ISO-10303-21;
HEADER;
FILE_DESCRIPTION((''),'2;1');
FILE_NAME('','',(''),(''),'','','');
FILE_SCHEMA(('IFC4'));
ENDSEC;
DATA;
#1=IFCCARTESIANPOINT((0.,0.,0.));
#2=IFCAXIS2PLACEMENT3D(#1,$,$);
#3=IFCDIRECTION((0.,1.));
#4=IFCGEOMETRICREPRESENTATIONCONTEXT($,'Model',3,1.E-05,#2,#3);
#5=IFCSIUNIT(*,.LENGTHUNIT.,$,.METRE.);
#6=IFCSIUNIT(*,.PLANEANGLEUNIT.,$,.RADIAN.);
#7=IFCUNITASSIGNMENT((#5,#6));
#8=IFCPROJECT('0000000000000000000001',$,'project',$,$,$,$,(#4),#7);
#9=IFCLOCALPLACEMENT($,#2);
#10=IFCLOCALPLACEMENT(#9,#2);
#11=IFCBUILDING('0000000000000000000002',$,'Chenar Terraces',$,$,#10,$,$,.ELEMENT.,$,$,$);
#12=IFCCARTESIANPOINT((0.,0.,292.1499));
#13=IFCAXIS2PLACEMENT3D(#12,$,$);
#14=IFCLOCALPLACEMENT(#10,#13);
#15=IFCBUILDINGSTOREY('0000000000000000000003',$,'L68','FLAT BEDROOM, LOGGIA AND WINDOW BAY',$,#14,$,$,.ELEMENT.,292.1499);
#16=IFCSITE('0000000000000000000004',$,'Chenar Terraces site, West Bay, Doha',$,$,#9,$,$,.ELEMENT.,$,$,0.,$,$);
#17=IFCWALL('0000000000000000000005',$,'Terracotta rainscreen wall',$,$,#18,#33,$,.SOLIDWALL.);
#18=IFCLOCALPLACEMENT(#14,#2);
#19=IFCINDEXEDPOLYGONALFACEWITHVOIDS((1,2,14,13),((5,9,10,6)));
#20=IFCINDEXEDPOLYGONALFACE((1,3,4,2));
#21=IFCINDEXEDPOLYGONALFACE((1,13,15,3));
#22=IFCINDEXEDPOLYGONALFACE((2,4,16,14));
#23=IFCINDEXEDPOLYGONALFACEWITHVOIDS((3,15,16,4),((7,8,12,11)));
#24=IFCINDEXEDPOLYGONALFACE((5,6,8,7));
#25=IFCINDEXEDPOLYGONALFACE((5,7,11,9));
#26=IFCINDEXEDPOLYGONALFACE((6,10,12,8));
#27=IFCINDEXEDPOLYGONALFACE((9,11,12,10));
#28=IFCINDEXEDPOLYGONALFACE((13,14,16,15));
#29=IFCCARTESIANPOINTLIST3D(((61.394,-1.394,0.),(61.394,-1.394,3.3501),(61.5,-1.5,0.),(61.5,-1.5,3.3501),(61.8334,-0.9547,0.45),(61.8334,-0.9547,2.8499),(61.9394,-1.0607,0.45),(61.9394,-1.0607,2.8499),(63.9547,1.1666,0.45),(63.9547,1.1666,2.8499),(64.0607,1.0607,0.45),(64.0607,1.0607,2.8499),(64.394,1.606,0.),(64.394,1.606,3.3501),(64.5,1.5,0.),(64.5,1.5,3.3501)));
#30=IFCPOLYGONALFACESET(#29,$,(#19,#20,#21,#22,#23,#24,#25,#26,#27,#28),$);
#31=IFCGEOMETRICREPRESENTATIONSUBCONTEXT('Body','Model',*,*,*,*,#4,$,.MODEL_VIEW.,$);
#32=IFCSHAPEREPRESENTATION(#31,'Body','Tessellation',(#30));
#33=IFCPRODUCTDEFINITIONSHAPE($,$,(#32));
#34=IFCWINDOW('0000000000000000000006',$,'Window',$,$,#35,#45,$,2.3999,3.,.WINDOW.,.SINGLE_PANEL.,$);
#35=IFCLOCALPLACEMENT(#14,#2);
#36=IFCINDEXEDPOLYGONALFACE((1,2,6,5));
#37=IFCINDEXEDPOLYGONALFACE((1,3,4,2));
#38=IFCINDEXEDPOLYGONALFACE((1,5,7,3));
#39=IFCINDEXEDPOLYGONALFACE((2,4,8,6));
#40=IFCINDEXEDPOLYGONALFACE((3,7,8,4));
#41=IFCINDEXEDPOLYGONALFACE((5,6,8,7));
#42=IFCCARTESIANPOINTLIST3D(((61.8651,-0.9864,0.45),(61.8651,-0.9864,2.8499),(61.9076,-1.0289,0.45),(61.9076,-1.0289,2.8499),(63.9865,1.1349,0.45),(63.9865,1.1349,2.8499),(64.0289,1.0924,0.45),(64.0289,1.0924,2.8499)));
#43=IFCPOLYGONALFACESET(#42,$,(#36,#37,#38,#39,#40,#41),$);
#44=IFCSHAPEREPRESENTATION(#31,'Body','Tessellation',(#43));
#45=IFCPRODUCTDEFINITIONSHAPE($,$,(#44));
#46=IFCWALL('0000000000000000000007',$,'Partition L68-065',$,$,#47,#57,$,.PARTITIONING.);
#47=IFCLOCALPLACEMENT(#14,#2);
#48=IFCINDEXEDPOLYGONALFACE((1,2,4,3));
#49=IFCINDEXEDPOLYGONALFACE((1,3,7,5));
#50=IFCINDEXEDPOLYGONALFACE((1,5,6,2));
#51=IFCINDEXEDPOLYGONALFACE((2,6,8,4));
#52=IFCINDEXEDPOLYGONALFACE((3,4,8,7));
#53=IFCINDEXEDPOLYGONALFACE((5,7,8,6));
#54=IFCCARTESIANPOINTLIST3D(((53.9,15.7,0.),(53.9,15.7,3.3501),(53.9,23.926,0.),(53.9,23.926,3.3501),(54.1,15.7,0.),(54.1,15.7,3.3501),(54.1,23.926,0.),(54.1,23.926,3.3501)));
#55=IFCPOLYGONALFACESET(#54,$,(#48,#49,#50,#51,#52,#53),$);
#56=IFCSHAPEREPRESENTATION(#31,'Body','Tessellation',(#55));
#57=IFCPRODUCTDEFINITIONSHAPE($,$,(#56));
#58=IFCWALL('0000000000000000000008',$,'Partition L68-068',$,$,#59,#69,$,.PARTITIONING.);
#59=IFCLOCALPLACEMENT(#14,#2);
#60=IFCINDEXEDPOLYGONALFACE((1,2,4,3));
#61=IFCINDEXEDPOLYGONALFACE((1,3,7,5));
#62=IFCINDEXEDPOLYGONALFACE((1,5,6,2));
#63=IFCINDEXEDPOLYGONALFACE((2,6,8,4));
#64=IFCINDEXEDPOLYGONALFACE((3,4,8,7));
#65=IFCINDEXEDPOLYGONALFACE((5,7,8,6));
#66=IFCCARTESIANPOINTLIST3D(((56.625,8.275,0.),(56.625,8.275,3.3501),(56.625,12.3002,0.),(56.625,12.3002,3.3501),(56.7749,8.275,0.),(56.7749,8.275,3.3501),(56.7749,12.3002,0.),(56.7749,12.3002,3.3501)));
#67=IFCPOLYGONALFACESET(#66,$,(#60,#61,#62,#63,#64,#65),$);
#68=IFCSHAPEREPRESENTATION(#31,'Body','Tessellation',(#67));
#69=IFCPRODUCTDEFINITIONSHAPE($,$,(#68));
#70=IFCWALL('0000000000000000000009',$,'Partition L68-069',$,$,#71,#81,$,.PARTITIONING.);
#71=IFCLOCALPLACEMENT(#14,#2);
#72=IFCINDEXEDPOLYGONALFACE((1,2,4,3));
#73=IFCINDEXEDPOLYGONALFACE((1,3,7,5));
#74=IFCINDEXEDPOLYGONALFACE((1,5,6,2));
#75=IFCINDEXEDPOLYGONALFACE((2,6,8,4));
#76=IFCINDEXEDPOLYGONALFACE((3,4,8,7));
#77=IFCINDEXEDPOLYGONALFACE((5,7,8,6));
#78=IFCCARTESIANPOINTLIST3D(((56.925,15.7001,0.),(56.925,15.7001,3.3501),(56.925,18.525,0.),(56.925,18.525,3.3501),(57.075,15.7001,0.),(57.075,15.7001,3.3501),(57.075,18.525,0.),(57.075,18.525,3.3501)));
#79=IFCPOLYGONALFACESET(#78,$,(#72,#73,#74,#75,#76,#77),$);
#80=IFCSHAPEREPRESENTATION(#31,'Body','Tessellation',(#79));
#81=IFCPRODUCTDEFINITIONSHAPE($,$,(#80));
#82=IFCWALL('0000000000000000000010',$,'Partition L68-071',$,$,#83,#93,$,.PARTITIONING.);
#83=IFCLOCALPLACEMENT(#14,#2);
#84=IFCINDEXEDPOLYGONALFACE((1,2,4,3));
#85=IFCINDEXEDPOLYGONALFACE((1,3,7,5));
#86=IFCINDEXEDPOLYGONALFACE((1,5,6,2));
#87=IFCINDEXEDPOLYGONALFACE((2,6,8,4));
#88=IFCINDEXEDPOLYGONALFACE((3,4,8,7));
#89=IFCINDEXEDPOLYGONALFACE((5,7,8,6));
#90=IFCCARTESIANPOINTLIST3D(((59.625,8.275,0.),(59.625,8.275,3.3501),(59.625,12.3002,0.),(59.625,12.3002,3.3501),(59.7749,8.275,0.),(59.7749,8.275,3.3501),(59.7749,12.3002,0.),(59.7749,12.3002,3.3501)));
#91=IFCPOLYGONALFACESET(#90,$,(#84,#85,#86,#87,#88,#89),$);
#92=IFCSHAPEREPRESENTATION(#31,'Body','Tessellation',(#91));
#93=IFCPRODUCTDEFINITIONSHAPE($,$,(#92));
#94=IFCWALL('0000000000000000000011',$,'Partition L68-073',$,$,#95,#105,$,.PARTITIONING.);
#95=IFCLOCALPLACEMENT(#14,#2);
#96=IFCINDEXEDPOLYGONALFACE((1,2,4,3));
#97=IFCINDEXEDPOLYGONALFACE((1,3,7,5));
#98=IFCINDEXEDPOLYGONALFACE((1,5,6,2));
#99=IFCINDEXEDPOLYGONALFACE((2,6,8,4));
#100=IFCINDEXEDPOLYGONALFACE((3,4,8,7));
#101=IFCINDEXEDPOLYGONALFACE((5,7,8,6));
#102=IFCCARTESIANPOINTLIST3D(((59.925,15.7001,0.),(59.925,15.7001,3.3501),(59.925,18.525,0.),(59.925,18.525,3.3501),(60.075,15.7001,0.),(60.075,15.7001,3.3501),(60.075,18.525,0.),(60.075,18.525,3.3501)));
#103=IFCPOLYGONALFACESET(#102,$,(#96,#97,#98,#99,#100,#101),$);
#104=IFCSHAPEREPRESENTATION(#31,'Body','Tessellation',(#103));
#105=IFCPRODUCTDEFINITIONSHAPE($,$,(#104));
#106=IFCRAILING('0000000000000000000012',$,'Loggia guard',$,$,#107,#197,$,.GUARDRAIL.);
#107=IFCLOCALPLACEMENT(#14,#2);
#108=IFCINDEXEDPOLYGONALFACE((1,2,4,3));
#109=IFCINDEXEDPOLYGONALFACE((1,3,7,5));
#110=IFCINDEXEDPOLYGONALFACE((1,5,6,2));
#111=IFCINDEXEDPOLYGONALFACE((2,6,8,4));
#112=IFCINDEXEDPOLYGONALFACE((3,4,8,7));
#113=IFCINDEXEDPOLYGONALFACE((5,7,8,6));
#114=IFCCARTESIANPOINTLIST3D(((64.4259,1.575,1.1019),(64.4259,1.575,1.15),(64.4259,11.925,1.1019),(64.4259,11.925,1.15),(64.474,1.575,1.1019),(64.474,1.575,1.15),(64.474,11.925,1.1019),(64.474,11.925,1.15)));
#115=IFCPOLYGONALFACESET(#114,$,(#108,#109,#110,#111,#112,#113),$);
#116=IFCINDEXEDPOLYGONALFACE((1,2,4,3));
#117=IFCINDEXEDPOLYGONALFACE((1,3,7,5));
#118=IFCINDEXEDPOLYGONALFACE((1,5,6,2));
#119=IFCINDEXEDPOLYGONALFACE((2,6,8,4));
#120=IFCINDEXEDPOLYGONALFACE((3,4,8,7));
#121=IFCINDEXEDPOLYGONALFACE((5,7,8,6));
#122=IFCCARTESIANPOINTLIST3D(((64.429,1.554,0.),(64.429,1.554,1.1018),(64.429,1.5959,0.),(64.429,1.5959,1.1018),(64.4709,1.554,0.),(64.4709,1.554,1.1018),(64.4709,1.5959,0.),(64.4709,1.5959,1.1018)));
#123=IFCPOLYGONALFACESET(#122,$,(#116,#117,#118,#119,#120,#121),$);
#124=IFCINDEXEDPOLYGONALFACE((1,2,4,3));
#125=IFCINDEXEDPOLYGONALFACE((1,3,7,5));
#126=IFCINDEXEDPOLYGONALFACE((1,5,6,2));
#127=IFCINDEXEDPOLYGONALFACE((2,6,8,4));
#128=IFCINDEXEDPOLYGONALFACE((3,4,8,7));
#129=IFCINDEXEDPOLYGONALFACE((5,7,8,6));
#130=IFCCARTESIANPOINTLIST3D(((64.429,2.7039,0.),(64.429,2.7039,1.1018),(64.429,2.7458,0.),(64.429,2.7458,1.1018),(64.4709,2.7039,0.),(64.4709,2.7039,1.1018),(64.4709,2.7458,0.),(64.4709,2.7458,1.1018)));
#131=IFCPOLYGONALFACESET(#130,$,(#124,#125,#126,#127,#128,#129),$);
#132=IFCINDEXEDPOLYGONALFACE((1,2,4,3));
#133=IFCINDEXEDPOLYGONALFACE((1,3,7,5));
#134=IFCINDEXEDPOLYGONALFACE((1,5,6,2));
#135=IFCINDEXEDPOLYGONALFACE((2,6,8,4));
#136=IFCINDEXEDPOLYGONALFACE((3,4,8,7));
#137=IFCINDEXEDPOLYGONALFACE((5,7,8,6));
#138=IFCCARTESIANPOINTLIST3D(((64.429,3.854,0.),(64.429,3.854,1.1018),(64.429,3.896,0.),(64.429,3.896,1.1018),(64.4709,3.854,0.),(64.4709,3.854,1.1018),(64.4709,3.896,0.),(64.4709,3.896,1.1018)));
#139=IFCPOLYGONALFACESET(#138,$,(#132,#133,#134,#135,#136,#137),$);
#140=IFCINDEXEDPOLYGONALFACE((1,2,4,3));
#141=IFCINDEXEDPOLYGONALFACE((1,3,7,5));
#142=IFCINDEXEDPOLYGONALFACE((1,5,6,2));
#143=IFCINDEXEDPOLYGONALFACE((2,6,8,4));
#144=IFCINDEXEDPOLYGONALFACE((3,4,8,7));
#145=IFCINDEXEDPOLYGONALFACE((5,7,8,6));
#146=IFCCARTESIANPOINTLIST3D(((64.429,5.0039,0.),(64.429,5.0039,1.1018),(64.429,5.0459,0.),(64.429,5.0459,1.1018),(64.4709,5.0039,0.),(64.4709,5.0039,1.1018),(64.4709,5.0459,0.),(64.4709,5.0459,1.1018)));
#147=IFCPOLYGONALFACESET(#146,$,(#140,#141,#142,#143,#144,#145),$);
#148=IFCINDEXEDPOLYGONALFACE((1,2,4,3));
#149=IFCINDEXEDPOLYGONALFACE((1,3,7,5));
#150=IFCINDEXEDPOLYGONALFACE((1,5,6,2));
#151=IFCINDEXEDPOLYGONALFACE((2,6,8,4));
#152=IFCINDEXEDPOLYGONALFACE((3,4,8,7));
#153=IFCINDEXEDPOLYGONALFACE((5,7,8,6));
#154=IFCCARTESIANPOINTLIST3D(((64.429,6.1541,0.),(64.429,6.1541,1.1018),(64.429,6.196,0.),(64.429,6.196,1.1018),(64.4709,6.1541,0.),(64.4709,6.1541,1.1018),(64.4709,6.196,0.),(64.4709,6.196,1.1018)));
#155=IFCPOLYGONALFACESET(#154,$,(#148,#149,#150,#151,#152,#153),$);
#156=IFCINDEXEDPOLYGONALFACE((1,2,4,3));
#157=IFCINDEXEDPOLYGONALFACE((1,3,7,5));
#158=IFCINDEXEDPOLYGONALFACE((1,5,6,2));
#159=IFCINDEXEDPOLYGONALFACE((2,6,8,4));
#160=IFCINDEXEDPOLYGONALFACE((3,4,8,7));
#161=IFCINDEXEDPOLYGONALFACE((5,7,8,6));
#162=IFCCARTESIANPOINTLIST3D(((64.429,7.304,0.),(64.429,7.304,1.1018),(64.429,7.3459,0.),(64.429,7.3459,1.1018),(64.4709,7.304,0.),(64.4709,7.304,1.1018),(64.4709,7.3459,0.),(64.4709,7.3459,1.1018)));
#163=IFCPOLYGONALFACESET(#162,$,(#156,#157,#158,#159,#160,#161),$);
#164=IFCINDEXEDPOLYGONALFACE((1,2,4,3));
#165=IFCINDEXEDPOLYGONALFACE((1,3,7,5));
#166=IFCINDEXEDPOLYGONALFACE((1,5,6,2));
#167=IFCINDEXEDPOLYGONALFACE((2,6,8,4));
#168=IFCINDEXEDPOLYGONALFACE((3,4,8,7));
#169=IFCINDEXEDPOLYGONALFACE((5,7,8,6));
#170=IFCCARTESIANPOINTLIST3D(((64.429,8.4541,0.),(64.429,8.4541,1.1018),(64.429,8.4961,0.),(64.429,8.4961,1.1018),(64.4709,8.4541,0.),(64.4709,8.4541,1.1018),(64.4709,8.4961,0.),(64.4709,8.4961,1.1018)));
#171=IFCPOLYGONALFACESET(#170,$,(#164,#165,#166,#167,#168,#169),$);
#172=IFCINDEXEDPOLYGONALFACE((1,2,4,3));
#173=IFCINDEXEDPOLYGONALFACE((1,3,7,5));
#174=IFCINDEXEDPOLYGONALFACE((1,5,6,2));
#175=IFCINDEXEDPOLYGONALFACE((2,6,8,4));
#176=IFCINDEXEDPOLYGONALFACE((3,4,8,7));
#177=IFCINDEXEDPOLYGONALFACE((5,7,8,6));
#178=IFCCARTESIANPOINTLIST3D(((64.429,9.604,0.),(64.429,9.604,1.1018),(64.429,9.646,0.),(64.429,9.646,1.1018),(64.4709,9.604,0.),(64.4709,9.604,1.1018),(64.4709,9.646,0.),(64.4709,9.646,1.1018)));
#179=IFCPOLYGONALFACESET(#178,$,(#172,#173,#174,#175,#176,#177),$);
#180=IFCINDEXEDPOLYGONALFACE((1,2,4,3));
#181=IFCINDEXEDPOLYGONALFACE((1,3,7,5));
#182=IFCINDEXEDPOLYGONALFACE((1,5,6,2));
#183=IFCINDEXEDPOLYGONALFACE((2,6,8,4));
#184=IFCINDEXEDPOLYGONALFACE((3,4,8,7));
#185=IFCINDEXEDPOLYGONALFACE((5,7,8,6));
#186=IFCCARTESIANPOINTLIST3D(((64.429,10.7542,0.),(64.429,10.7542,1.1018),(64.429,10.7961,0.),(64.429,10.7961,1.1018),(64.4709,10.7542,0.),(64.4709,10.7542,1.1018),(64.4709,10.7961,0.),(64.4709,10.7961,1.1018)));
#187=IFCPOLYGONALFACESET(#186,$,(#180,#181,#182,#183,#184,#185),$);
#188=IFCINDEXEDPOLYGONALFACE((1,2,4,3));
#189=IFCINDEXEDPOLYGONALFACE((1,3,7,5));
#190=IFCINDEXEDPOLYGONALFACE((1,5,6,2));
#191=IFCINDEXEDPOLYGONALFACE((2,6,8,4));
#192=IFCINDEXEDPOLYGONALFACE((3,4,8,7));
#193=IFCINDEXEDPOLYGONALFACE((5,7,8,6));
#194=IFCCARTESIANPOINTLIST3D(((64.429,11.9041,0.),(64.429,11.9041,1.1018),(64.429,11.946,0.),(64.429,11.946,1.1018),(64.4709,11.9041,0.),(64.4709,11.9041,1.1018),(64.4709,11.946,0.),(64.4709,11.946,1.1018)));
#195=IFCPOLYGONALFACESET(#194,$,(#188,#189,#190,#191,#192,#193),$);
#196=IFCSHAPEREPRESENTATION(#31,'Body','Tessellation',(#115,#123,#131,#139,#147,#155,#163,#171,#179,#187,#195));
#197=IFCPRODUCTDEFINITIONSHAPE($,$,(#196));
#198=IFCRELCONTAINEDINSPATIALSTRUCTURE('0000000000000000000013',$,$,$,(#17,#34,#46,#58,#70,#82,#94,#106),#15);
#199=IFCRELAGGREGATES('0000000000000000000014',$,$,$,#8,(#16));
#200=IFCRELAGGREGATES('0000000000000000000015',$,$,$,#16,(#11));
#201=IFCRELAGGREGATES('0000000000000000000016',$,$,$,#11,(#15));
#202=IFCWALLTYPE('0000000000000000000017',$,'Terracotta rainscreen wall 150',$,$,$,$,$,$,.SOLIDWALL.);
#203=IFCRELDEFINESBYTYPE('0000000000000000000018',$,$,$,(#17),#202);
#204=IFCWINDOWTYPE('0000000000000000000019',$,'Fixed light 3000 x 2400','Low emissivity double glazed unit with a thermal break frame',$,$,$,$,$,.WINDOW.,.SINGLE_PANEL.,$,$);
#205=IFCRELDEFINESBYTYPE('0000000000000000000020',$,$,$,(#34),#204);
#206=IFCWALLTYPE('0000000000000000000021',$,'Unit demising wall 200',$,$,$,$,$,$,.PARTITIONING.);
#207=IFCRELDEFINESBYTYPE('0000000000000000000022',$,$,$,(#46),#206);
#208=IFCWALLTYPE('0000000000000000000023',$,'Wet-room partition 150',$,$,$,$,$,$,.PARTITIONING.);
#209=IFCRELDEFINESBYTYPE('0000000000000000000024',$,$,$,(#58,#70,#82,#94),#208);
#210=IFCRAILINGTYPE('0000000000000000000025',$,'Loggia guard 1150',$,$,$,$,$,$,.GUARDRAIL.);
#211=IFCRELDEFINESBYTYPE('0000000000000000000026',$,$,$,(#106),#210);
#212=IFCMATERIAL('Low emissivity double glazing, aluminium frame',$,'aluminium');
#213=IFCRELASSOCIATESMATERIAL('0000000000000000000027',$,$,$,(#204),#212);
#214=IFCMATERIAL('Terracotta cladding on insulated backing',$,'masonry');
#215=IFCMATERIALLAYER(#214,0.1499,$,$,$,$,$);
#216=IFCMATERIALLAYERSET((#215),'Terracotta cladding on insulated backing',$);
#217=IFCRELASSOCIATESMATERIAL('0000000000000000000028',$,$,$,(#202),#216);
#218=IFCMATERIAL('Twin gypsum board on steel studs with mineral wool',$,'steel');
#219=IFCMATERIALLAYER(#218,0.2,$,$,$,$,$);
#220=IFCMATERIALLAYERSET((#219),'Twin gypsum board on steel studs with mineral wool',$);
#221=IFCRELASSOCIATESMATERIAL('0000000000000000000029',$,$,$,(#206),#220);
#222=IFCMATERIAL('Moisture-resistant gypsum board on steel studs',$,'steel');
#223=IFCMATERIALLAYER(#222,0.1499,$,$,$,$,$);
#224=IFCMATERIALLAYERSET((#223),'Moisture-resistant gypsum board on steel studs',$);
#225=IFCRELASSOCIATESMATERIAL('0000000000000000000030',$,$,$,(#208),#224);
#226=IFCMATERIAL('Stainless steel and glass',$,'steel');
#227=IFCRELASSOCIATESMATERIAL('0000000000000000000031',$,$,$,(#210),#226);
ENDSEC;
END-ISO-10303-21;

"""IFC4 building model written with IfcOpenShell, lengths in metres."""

from ifc_helpers import new_model, si_unit, direction, frame, frame_2d, origin, origin_2d, place, context, subcontext, project, spatial, rectangle, extrude, material, layer, layer_set, type_object, element, fill, save


model = new_model("IFC4")

# Units and contexts
model_context = context("Model", 3, precision=1e-05, world=origin(), true_north=direction((0.0, 1.0)))
body_context = subcontext(model_context, "Body", "Model", "MODEL_VIEW")
ifc_project = project(units=[si_unit("LENGTHUNIT", "METRE"), si_unit("PLANEANGLEUNIT", "RADIAN")], contexts=[model_context])

# Site, building, storey
site_placement = place(None, origin())
site = spatial("IfcSite", under=ifc_project, at=site_placement, Name="Chenar Terraces site, West Bay, Doha", CompositionType="ELEMENT", RefElevation=0.0)
building_placement = place(site_placement, origin())
building = spatial("IfcBuilding", under=site, at=building_placement, Name="Chenar Terraces", CompositionType="ELEMENT")
storey_placement = place(building_placement, frame((0.0, 0.0, 292.1499)))
storey = spatial("IfcBuildingStorey", under=building, at=storey_placement, Name="L68", Description="FLAT BEDROOM, LOGGIA AND WINDOW BAY", CompositionType="ELEMENT", Elevation=292.1499)

# Shared definitions
ifc_material_1 = material(Name="Low emissivity double glazing, aluminium frame", Category="aluminium")
window_type_1 = type_object("IfcWindowType", Name="Fixed light 3000 x 2400", Description="Low emissivity double glazed unit with a thermal break frame", PartitioningType="SINGLE_PANEL", PredefinedType="WINDOW", material=ifc_material_1)

# Wall, opening, window
ifc_material_2 = material(Name="Terracotta cladding on insulated backing", Category="masonry")
ifc_layer_1 = layer(ifc_material_2, 0.1499)
ifc_layer_set_1 = layer_set([ifc_layer_1], Name="Terracotta cladding on insulated backing")
wall_type_1 = type_object("IfcWallType", Name="Terracotta rainscreen wall 150", PredefinedType="SOLIDWALL", material=ifc_layer_set_1)
wall_1_placement = place(storey_placement, frame((61.447, -1.447, 0.0), z_axis=(0.0, 0.0, 1.0), x_axis=(0.707107, 0.707107, 0.0)))
wall_1 = element("IfcWall", 1, at=wall_1_placement, inside=storey, type_object=wall_type_1, Name="Terracotta rainscreen wall", PredefinedType="SOLIDWALL", context=body_context, shape_type="SweptSolid", body=[
    extrude(rectangle(XDim=4.2427, YDim=0.1499, at=frame_2d((2.1213, 0.0))), origin(), (0.0, 0.0, 1.0), 3.3501),
])
opening_1_placement = place(wall_1_placement, frame((0.6213, 0.0, 0.45)))
opening_1 = element("IfcOpeningElement", 2, at=opening_1_placement, cuts=wall_1, PredefinedType="OPENING", context=body_context, shape_type="SweptSolid", body=[
    extrude(rectangle(XDim=3.0, YDim=2.3999, at=frame_2d((1.5, 1.2))), frame((0.0, 0.085, 0.0), z_axis=(0.0, -1.0, 0.0), x_axis=(1.0, 0.0, 0.0)), (0.0, 0.0, 1.0), 0.1699),
])
window_1_placement = place(opening_1_placement, origin())
window_1 = element("IfcWindow", 3, at=window_1_placement, inside=storey, type_object=window_type_1, Name="Window", OverallHeight=2.3999, OverallWidth=3.0, PartitioningType="SINGLE_PANEL", PredefinedType="WINDOW", context=body_context, shape_type="SweptSolid", body=[
    extrude(rectangle(XDim=3.0, YDim=2.3999, at=frame_2d((1.5, 1.2))), frame((0.0, 0.03, 0.0), z_axis=(0.0, -1.0, 0.0), x_axis=(1.0, 0.0, 0.0)), (0.0, 0.0, 1.0), 0.0601),
])
fill(opening_1, window_1)

# Walls
ifc_material_3 = material(Name="Twin gypsum board on steel studs with mineral wool", Category="steel")
ifc_layer_2 = layer(ifc_material_3, 0.2)
ifc_layer_set_2 = layer_set([ifc_layer_2], Name="Twin gypsum board on steel studs with mineral wool")
wall_type_2 = type_object("IfcWallType", Name="Unit demising wall 200", PredefinedType="PARTITIONING", material=ifc_layer_set_2)
wall_2_placement = place(storey_placement, frame((54.0, 15.7, 0.0), z_axis=(0.0, 0.0, 1.0), x_axis=(0.0, 1.0, 0.0)))
element("IfcWall", 4, at=wall_2_placement, inside=storey, type_object=wall_type_2, Name="Partition L68-065", PredefinedType="PARTITIONING", context=body_context, shape_type="SweptSolid", body=[
    extrude(rectangle(XDim=8.2261, YDim=0.2, at=frame_2d((4.113, 0.0))), origin(), (0.0, 0.0, 1.0), 3.3501),
])
ifc_material_4 = material(Name="Moisture-resistant gypsum board on steel studs", Category="steel")
ifc_layer_3 = layer(ifc_material_4, 0.1499)
ifc_layer_set_3 = layer_set([ifc_layer_3], Name="Moisture-resistant gypsum board on steel studs")
wall_type_3 = type_object("IfcWallType", Name="Wet-room partition 150", PredefinedType="PARTITIONING", material=ifc_layer_set_3)
wall_3_placement = place(storey_placement, frame((56.7, 8.2749, 0.0), z_axis=(0.0, 0.0, 1.0), x_axis=(0.0, 1.0, 0.0)))
element("IfcWall", 5, at=wall_3_placement, inside=storey, type_object=wall_type_3, Name="Partition L68-068", PredefinedType="PARTITIONING", context=body_context, shape_type="SweptSolid", body=[
    extrude(rectangle(XDim=4.0251, YDim=0.1499, at=frame_2d((2.0127, 0.0))), origin(), (0.0, 0.0, 1.0), 3.3501),
])
wall_4_placement = place(storey_placement, frame((57.0, 15.7, 0.0), z_axis=(0.0, 0.0, 1.0), x_axis=(0.0, 1.0, 0.0)))
element("IfcWall", 6, at=wall_4_placement, inside=storey, type_object=wall_type_3, Name="Partition L68-069", PredefinedType="PARTITIONING", context=body_context, shape_type="SweptSolid", body=[
    extrude(rectangle(XDim=2.825, YDim=0.1499, at=frame_2d((1.4126, 0.0))), origin(), (0.0, 0.0, 1.0), 3.3501),
])
wall_5_placement = place(storey_placement, frame((59.7, 8.2749, 0.0), z_axis=(0.0, 0.0, 1.0), x_axis=(0.0, 1.0, 0.0)))
element("IfcWall", 7, at=wall_5_placement, inside=storey, type_object=wall_type_3, Name="Partition L68-071", PredefinedType="PARTITIONING", context=body_context, shape_type="SweptSolid", body=[
    extrude(rectangle(XDim=4.0251, YDim=0.1499, at=frame_2d((2.0127, 0.0))), origin(), (0.0, 0.0, 1.0), 3.3501),
])
wall_6_placement = place(storey_placement, frame((60.0, 15.7, 0.0), z_axis=(0.0, 0.0, 1.0), x_axis=(0.0, 1.0, 0.0)))
element("IfcWall", 8, at=wall_6_placement, inside=storey, type_object=wall_type_3, Name="Partition L68-073", PredefinedType="PARTITIONING", context=body_context, shape_type="SweptSolid", body=[
    extrude(rectangle(XDim=2.825, YDim=0.1499, at=frame_2d((1.4126, 0.0))), origin(), (0.0, 0.0, 1.0), 3.3501),
])

# Railing
ifc_material_5 = material(Name="Stainless steel and glass", Category="steel")
railing_type = type_object("IfcRailingType", Name="Loggia guard 1150", PredefinedType="GUARDRAIL", material=ifc_material_5)
railing_placement = place(storey_placement, frame((64.45, 1.575, 0.0)))
element("IfcRailing", 9, at=railing_placement, inside=storey, type_object=railing_type, Name="Loggia guard", PredefinedType="GUARDRAIL", context=body_context, shape_type="SweptSolid", body=[
    extrude(rectangle(XDim=0.0481, YDim=0.0481, at=origin_2d()), frame((0.0, 0.0, 1.126), z_axis=(0.0, 1.0, 0.0), x_axis=(-1.0, 0.0, 0.0)), (0.0, 0.0, 1.0), 10.3501),
    extrude(rectangle(XDim=0.042, YDim=0.042, at=origin_2d()), origin(), (0.0, 0.0, 1.0), 1.1018),
    extrude(rectangle(XDim=0.042, YDim=0.042, at=origin_2d()), frame((0.0, 1.1499, 0.0)), (0.0, 0.0, 1.0), 1.1018),
    extrude(rectangle(XDim=0.042, YDim=0.042, at=origin_2d()), frame((0.0, 2.3, 0.0)), (0.0, 0.0, 1.0), 1.1018),
    extrude(rectangle(XDim=0.042, YDim=0.042, at=origin_2d()), frame((0.0, 3.45, 0.0)), (0.0, 0.0, 1.0), 1.1018),
    extrude(rectangle(XDim=0.042, YDim=0.042, at=origin_2d()), frame((0.0, 4.6001, 0.0)), (0.0, 0.0, 1.0), 1.1018),
    extrude(rectangle(XDim=0.042, YDim=0.042, at=origin_2d()), frame((0.0, 5.75, 0.0)), (0.0, 0.0, 1.0), 1.1018),
    extrude(rectangle(XDim=0.042, YDim=0.042, at=origin_2d()), frame((0.0, 6.9001, 0.0)), (0.0, 0.0, 1.0), 1.1018),
    extrude(rectangle(XDim=0.042, YDim=0.042, at=origin_2d()), frame((0.0, 8.05, 0.0)), (0.0, 0.0, 1.0), 1.1018),
    extrude(rectangle(XDim=0.042, YDim=0.042, at=origin_2d()), frame((0.0, 9.2002, 0.0)), (0.0, 0.0, 1.0), 1.1018),
    extrude(rectangle(XDim=0.042, YDim=0.042, at=origin_2d()), frame((0.0, 10.3501, 0.0)), (0.0, 0.0, 1.0), 1.1018),
])

save(model, "model.ifc")
